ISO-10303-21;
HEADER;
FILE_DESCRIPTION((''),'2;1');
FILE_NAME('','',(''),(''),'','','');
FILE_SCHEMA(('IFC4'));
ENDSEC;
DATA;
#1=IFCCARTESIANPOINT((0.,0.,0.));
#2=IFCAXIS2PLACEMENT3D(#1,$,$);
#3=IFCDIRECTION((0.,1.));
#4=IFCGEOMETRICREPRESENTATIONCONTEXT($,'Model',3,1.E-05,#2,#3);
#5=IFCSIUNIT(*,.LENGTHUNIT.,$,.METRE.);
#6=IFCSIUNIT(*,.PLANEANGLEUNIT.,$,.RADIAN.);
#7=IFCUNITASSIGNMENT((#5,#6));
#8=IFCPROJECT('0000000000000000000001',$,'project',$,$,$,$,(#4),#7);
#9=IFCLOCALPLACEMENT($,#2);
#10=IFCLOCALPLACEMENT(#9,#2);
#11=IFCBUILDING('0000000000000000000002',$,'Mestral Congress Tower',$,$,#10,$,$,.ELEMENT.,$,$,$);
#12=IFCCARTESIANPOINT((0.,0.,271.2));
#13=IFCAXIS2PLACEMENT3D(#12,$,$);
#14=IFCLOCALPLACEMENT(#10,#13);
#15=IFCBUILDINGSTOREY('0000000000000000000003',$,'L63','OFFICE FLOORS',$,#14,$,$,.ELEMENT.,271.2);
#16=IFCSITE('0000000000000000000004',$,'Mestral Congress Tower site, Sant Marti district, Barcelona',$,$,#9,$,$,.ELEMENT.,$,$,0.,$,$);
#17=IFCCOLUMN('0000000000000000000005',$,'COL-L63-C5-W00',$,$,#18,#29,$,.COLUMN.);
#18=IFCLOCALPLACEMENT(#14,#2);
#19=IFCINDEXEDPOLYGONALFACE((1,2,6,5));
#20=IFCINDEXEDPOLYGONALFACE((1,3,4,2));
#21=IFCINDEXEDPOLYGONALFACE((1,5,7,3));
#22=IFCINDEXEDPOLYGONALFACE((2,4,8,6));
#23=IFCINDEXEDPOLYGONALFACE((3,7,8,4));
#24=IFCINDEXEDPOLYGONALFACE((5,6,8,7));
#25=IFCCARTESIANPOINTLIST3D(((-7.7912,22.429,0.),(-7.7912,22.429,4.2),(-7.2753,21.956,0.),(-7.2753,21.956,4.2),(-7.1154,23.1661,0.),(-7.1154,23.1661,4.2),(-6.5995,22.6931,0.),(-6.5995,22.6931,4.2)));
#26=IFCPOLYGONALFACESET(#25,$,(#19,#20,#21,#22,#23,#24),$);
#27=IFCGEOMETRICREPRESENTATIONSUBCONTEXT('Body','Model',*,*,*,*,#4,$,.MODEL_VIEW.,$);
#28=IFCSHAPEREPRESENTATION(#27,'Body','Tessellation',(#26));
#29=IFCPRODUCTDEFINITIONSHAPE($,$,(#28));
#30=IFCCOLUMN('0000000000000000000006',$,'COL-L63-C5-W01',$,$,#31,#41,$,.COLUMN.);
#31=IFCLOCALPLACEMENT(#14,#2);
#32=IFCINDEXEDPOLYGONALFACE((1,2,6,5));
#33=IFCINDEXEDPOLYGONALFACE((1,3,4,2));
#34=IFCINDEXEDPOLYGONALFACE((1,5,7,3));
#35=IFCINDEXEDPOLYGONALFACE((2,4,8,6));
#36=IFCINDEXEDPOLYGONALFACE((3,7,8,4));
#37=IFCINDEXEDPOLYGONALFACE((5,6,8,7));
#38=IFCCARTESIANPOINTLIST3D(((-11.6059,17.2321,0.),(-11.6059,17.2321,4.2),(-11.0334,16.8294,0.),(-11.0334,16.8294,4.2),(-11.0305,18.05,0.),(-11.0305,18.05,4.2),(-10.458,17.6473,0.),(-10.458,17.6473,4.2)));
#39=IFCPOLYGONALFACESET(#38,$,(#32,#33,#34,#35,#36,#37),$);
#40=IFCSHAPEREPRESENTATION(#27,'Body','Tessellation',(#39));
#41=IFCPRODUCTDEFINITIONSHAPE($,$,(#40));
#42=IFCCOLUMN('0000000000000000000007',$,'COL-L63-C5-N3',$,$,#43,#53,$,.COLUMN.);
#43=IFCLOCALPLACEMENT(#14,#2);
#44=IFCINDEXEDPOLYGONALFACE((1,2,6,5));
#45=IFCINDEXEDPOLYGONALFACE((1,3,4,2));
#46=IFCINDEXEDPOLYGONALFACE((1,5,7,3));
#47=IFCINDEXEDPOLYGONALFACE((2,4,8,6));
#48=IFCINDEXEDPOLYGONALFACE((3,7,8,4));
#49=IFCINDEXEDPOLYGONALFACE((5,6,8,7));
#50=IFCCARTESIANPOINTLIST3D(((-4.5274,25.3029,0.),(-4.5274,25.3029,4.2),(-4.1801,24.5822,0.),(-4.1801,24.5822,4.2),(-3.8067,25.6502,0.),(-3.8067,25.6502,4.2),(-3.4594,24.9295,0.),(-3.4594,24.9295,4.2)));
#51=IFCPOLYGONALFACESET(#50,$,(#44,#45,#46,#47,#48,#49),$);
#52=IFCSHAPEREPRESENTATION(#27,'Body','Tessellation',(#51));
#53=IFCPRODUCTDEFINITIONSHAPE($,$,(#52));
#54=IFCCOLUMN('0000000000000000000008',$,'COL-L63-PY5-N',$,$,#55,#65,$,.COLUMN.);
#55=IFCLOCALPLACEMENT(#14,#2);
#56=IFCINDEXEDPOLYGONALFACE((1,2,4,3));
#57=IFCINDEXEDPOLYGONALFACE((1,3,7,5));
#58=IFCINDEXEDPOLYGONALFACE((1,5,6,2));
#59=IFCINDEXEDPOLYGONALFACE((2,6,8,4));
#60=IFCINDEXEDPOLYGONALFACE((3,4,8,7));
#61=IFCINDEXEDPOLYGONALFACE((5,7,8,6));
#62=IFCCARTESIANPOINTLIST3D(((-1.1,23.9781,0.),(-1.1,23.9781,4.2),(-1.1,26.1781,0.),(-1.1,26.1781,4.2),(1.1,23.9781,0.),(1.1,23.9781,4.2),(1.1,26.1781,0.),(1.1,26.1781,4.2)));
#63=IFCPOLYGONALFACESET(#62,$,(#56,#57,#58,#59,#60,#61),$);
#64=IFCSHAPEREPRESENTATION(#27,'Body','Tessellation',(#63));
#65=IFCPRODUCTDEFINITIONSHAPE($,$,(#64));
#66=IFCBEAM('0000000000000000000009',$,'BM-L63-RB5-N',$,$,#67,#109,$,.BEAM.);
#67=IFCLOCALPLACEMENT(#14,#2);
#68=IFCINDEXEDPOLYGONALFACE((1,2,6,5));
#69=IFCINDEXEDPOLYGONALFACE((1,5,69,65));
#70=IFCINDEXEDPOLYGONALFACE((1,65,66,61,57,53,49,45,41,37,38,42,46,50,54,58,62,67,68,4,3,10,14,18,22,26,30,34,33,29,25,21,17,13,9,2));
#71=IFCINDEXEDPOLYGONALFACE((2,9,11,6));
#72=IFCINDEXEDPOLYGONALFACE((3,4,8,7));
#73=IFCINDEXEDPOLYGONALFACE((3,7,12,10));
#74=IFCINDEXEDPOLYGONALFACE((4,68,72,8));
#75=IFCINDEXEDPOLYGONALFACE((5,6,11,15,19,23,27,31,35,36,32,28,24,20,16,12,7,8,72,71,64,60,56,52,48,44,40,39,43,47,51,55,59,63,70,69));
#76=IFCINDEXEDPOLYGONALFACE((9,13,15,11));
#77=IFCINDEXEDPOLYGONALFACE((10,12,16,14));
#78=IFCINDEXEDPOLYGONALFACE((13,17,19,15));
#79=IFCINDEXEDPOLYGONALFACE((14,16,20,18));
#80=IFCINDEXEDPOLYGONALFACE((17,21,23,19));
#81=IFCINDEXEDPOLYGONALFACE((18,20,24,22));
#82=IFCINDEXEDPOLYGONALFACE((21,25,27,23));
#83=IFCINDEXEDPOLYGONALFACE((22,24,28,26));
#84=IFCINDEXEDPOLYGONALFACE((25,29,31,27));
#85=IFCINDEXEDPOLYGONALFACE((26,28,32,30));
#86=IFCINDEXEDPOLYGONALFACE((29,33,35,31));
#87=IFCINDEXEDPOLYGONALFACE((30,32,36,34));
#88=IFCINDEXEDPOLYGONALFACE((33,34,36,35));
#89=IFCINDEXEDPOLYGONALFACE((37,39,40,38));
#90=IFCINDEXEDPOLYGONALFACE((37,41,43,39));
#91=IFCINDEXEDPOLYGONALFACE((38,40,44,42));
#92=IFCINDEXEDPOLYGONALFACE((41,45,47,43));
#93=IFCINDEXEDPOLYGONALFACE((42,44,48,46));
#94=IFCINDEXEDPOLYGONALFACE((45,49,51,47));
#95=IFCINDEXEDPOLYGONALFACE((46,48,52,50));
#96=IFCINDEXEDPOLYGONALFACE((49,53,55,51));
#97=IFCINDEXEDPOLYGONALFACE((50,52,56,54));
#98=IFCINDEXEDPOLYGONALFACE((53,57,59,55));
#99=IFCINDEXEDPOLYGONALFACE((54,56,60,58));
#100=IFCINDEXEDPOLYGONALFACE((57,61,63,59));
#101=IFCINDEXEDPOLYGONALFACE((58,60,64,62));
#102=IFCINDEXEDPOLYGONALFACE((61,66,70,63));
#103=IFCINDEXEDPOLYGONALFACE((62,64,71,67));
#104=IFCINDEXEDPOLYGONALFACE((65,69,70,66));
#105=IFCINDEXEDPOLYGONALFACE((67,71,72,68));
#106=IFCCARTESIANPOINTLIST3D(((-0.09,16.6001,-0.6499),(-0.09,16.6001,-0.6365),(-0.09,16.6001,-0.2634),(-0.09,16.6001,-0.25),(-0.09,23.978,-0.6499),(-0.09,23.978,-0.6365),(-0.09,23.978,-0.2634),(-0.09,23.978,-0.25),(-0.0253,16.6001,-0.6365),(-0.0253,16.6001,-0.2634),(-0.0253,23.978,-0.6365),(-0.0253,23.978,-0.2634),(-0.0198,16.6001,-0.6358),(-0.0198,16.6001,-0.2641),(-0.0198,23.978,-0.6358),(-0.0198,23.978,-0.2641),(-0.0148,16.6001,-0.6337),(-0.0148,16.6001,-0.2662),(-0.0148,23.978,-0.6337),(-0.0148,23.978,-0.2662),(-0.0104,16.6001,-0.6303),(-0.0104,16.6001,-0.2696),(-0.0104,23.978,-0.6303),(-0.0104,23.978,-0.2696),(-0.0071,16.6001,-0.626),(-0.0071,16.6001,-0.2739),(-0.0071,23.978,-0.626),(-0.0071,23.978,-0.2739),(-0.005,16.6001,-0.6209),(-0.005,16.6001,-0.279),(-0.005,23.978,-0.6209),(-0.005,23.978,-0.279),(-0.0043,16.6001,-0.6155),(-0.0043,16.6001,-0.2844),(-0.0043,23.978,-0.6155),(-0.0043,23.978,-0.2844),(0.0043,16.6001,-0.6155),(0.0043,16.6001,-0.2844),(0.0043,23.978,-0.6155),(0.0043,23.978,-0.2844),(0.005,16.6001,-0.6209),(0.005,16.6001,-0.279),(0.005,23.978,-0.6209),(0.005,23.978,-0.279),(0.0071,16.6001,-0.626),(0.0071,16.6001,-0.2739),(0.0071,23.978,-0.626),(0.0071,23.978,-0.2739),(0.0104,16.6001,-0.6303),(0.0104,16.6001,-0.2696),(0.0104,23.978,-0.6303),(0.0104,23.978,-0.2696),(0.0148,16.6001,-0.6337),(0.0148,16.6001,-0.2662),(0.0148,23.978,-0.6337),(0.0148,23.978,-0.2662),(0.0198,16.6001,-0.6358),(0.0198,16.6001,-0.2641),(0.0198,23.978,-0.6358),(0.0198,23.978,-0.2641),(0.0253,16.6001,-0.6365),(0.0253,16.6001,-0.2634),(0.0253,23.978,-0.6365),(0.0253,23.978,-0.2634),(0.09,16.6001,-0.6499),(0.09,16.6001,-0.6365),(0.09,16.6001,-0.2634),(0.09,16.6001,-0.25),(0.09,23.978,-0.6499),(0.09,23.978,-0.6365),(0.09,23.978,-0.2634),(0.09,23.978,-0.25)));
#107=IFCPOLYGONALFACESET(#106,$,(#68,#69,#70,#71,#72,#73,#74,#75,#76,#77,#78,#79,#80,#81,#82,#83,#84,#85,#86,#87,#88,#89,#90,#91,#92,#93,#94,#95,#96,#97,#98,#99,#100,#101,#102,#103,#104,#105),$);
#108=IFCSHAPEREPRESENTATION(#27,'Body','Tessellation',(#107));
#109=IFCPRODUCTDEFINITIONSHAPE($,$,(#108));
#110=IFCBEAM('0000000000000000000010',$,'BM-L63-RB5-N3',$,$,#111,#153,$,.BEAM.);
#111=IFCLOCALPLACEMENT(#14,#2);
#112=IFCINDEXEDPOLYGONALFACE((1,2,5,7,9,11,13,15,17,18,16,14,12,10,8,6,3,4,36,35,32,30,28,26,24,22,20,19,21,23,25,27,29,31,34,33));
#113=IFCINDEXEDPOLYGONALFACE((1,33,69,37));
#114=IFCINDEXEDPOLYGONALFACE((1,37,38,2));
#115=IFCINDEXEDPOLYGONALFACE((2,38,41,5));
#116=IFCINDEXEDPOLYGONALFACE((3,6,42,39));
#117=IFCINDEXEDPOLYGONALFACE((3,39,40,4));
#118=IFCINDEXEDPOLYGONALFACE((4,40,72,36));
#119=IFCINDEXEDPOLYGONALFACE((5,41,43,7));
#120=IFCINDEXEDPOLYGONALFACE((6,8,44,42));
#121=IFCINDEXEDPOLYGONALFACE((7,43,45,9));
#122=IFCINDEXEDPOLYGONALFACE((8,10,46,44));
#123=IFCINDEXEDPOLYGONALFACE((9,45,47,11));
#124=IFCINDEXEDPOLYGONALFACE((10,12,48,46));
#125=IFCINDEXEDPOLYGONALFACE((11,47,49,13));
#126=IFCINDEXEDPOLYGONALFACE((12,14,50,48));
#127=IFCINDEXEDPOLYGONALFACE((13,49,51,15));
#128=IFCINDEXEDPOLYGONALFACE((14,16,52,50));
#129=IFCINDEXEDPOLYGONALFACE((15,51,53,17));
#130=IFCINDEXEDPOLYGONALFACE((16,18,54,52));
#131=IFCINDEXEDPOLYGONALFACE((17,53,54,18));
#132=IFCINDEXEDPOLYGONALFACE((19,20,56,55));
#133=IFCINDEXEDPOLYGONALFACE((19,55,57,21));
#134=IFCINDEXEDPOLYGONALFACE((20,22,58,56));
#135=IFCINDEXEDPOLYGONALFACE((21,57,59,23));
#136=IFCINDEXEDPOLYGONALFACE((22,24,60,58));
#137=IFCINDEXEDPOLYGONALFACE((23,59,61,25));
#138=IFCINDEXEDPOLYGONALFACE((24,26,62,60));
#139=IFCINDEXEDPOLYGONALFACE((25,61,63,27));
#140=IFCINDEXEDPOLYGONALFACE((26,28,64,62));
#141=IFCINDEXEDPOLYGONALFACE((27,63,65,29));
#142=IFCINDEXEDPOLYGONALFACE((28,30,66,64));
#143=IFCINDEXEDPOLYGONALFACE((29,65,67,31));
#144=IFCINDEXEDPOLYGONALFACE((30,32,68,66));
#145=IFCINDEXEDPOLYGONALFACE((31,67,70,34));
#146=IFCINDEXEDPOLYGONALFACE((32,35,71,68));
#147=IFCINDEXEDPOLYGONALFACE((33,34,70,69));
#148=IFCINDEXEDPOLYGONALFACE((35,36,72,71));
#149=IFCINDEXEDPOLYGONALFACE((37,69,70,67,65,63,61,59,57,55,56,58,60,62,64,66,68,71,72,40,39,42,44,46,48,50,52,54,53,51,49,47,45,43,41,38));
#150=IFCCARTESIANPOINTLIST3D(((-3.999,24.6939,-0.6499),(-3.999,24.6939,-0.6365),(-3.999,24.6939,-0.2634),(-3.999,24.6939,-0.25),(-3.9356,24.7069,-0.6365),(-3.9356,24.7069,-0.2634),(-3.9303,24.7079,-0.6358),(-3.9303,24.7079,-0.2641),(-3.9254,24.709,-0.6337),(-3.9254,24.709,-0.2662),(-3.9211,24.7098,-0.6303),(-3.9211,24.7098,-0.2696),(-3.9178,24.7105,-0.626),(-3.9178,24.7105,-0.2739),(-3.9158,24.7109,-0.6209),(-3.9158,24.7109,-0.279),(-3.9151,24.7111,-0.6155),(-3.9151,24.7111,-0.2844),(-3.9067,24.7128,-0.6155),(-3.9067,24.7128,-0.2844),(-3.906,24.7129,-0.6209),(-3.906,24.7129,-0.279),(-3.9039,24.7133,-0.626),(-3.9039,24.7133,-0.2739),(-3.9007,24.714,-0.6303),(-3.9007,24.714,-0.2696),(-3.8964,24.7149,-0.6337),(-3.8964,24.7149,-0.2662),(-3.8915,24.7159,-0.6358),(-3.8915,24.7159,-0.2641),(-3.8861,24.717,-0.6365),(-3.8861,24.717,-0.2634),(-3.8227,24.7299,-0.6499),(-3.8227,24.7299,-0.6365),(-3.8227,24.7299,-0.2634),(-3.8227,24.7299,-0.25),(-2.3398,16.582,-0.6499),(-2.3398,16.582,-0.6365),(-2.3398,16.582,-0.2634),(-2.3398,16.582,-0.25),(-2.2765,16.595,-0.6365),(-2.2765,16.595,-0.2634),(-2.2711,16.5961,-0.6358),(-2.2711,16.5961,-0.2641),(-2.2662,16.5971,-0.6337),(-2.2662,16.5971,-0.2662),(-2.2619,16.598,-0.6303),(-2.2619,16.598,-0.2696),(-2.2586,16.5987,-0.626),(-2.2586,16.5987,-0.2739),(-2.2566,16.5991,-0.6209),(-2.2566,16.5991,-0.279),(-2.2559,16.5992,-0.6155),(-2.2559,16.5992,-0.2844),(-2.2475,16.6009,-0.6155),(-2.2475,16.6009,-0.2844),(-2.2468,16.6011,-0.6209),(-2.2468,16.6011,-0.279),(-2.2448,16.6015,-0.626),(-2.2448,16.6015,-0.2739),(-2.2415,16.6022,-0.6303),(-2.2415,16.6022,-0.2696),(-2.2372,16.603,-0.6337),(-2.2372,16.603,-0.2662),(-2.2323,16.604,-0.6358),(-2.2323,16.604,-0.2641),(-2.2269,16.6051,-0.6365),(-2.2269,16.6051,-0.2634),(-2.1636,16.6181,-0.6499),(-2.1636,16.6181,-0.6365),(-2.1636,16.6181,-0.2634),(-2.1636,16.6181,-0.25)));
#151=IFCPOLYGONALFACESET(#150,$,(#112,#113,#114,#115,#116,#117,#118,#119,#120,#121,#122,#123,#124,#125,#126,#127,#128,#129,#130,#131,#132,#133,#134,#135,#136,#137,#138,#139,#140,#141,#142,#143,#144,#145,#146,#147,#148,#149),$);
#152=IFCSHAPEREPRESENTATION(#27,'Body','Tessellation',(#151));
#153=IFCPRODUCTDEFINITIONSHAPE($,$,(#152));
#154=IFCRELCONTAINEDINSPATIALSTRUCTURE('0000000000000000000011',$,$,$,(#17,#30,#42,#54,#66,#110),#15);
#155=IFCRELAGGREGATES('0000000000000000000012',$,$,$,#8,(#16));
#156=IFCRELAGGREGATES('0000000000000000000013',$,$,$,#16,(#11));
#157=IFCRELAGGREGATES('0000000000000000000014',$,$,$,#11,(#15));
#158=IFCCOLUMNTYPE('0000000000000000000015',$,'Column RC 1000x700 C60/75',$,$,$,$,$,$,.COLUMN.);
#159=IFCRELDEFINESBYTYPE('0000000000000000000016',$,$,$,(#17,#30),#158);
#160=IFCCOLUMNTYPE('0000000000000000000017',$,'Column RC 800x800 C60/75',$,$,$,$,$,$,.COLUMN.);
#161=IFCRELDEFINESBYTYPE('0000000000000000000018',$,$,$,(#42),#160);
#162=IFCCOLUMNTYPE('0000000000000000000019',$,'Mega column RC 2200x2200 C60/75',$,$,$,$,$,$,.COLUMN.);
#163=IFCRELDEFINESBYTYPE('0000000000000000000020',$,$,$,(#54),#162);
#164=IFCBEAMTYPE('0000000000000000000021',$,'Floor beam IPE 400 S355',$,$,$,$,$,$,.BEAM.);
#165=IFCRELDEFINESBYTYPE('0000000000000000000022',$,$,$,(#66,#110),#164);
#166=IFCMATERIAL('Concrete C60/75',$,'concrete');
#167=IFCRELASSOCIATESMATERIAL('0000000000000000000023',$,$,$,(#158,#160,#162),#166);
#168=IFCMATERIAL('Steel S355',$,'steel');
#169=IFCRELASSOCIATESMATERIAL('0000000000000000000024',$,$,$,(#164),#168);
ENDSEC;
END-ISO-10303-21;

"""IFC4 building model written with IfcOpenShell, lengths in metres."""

from ifc_helpers import new_model, si_unit, direction, frame, origin, origin_2d, place, context, subcontext, project, spatial, rectangle, i_section, extrude, material, material_profile, profile_set, type_object, element, save


model = new_model("IFC4")

# Units and contexts
model_context = context("Model", 3, precision=1e-05, world=origin(), true_north=direction((0.0, 1.0)))
body_context = subcontext(model_context, "Body", "Model", "MODEL_VIEW")
ifc_project = project(units=[si_unit("LENGTHUNIT", "METRE"), si_unit("PLANEANGLEUNIT", "RADIAN")], contexts=[model_context])

# Site, building, storey
site_placement = place(None, origin())
site = spatial("IfcSite", under=ifc_project, at=site_placement, Name="Mestral Congress Tower site, Sant Marti district, Barcelona", CompositionType="ELEMENT", RefElevation=0.0)
building_placement = place(site_placement, origin())
building = spatial("IfcBuilding", under=site, at=building_placement, Name="Mestral Congress Tower", CompositionType="ELEMENT")
storey_placement = place(building_placement, frame((0.0, 0.0, 271.2)))
storey = spatial("IfcBuildingStorey", under=building, at=storey_placement, Name="L63", Description="OFFICE FLOORS", CompositionType="ELEMENT", Elevation=271.2)

# Columns
ifc_material_1 = material(Name="Concrete C60/75", Category="concrete")
ifc_material_profile_1 = material_profile(ifc_material_1, rectangle(XDim=1.0, YDim=0.7, at=origin_2d()), Name="RC 1000x700")
ifc_profile_set_1 = profile_set([ifc_material_profile_1], Name="Concrete C60/75")
column_type_1 = type_object("IfcColumnType", Name="Column RC 1000x700 C60/75", PredefinedType="COLUMN", material=ifc_profile_set_1)
for number, where, z_axis, x_axis, name in (
    (1, (-7.1953, 22.561, 0.0), (0.0, 0.0, 1.0), (-0.675803, -0.737083, 0.0), "COL-L63-C5-W00"),
    (2, (-11.032, 17.4397, 0.0), (0.0, 0.0, 1.0), (-0.575402, -0.817871, 0.0), "COL-L63-C5-W01"),
):
    element("IfcColumn", number, at=place(storey_placement, frame(where, z_axis=z_axis, x_axis=x_axis)), inside=storey, type_object=column_type_1, Name=name, PredefinedType="COLUMN", context=body_context, shape_type="SweptSolid", body=[
        extrude(rectangle(XDim=1.0, YDim=0.7, at=origin_2d()), origin(), (0.0, 0.0, 1.0), 4.2),
    ])
ifc_material_profile_2 = material_profile(ifc_material_1, rectangle(XDim=0.8, YDim=0.8, at=origin_2d()), Name="RC 800x800")
ifc_profile_set_2 = profile_set([ifc_material_profile_2], Name="Concrete C60/75")
column_type_2 = type_object("IfcColumnType", Name="Column RC 800x800 C60/75", PredefinedType="COLUMN", material=ifc_profile_set_2)
column_1_placement = place(storey_placement, frame((-3.9934, 25.1162, 0.0), z_axis=(0.0, 0.0, 1.0), x_axis=(-0.900873, -0.434082, 0.0)))
element("IfcColumn", 3, at=column_1_placement, inside=storey, type_object=column_type_2, Name="COL-L63-C5-N3", PredefinedType="COLUMN", context=body_context, shape_type="SweptSolid", body=[
    extrude(rectangle(XDim=0.8, YDim=0.8, at=origin_2d()), origin(), (0.0, 0.0, 1.0), 4.2),
])
ifc_material_profile_3 = material_profile(ifc_material_1, rectangle(XDim=2.2, YDim=2.2, at=origin_2d()), Name="RC 2200x2200")
ifc_profile_set_3 = profile_set([ifc_material_profile_3], Name="Concrete C60/75")
column_type_3 = type_object("IfcColumnType", Name="Mega column RC 2200x2200 C60/75", PredefinedType="COLUMN", material=ifc_profile_set_3)
column_2_placement = place(storey_placement, frame((0.0, 25.0781, 0.0), z_axis=(0.0, 0.0, 1.0), x_axis=(0.0, 1.0, 0.0)))
element("IfcColumn", 4, at=column_2_placement, inside=storey, type_object=column_type_3, Name="COL-L63-PY5-N", PredefinedType="COLUMN", context=body_context, shape_type="SweptSolid", body=[
    extrude(rectangle(XDim=2.2, YDim=2.2, at=origin_2d()), origin(), (0.0, 0.0, 1.0), 4.2),
])

# Beams
ifc_material_2 = material(Name="Steel S355", Category="steel")
ifc_material_profile_4 = material_profile(ifc_material_2, i_section(OverallWidth=0.1799, OverallDepth=0.3999, WebThickness=0.0085, FlangeThickness=0.0134, FilletRadius=0.021, at=origin_2d()), Name="IPE 400")
ifc_profile_set_4 = profile_set([ifc_material_profile_4], Name="Steel S355")
beam_type_1 = type_object("IfcBeamType", Name="Floor beam IPE 400 S355", PredefinedType="BEAM", material=ifc_profile_set_4)
beam_1_placement = place(storey_placement, frame((0.0, 23.978, -0.45), z_axis=(0.0, -1.0, 0.0), x_axis=(1.0, 0.0, 0.0)))
element("IfcBeam", 5, at=beam_1_placement, inside=storey, type_object=beam_type_1, Name="BM-L63-RB5-N", PredefinedType="BEAM", context=body_context, shape_type="SweptSolid", body=[
    extrude(i_section(OverallWidth=0.1799, OverallDepth=0.3999, WebThickness=0.0085, FlangeThickness=0.0134, FilletRadius=0.021, at=origin_2d()), origin(), (0.0, 0.0, 1.0), 7.3779),
])
beam_2_placement = place(storey_placement, frame((-3.9109, 24.7119, -0.45), z_axis=(0.20039, -0.979716, 0.0), x_axis=(0.979716, 0.20039, 0.0)))
element("IfcBeam", 6, at=beam_2_placement, inside=storey, type_object=beam_type_1, Name="BM-L63-RB5-N3", PredefinedType="BEAM", context=body_context, shape_type="SweptSolid", body=[
    extrude(i_section(OverallWidth=0.1799, OverallDepth=0.3999, WebThickness=0.0085, FlangeThickness=0.0134, FilletRadius=0.021, at=origin_2d()), origin(), (0.0, 0.0, 1.0), 8.2798),
])

save(model, "model.ifc")
